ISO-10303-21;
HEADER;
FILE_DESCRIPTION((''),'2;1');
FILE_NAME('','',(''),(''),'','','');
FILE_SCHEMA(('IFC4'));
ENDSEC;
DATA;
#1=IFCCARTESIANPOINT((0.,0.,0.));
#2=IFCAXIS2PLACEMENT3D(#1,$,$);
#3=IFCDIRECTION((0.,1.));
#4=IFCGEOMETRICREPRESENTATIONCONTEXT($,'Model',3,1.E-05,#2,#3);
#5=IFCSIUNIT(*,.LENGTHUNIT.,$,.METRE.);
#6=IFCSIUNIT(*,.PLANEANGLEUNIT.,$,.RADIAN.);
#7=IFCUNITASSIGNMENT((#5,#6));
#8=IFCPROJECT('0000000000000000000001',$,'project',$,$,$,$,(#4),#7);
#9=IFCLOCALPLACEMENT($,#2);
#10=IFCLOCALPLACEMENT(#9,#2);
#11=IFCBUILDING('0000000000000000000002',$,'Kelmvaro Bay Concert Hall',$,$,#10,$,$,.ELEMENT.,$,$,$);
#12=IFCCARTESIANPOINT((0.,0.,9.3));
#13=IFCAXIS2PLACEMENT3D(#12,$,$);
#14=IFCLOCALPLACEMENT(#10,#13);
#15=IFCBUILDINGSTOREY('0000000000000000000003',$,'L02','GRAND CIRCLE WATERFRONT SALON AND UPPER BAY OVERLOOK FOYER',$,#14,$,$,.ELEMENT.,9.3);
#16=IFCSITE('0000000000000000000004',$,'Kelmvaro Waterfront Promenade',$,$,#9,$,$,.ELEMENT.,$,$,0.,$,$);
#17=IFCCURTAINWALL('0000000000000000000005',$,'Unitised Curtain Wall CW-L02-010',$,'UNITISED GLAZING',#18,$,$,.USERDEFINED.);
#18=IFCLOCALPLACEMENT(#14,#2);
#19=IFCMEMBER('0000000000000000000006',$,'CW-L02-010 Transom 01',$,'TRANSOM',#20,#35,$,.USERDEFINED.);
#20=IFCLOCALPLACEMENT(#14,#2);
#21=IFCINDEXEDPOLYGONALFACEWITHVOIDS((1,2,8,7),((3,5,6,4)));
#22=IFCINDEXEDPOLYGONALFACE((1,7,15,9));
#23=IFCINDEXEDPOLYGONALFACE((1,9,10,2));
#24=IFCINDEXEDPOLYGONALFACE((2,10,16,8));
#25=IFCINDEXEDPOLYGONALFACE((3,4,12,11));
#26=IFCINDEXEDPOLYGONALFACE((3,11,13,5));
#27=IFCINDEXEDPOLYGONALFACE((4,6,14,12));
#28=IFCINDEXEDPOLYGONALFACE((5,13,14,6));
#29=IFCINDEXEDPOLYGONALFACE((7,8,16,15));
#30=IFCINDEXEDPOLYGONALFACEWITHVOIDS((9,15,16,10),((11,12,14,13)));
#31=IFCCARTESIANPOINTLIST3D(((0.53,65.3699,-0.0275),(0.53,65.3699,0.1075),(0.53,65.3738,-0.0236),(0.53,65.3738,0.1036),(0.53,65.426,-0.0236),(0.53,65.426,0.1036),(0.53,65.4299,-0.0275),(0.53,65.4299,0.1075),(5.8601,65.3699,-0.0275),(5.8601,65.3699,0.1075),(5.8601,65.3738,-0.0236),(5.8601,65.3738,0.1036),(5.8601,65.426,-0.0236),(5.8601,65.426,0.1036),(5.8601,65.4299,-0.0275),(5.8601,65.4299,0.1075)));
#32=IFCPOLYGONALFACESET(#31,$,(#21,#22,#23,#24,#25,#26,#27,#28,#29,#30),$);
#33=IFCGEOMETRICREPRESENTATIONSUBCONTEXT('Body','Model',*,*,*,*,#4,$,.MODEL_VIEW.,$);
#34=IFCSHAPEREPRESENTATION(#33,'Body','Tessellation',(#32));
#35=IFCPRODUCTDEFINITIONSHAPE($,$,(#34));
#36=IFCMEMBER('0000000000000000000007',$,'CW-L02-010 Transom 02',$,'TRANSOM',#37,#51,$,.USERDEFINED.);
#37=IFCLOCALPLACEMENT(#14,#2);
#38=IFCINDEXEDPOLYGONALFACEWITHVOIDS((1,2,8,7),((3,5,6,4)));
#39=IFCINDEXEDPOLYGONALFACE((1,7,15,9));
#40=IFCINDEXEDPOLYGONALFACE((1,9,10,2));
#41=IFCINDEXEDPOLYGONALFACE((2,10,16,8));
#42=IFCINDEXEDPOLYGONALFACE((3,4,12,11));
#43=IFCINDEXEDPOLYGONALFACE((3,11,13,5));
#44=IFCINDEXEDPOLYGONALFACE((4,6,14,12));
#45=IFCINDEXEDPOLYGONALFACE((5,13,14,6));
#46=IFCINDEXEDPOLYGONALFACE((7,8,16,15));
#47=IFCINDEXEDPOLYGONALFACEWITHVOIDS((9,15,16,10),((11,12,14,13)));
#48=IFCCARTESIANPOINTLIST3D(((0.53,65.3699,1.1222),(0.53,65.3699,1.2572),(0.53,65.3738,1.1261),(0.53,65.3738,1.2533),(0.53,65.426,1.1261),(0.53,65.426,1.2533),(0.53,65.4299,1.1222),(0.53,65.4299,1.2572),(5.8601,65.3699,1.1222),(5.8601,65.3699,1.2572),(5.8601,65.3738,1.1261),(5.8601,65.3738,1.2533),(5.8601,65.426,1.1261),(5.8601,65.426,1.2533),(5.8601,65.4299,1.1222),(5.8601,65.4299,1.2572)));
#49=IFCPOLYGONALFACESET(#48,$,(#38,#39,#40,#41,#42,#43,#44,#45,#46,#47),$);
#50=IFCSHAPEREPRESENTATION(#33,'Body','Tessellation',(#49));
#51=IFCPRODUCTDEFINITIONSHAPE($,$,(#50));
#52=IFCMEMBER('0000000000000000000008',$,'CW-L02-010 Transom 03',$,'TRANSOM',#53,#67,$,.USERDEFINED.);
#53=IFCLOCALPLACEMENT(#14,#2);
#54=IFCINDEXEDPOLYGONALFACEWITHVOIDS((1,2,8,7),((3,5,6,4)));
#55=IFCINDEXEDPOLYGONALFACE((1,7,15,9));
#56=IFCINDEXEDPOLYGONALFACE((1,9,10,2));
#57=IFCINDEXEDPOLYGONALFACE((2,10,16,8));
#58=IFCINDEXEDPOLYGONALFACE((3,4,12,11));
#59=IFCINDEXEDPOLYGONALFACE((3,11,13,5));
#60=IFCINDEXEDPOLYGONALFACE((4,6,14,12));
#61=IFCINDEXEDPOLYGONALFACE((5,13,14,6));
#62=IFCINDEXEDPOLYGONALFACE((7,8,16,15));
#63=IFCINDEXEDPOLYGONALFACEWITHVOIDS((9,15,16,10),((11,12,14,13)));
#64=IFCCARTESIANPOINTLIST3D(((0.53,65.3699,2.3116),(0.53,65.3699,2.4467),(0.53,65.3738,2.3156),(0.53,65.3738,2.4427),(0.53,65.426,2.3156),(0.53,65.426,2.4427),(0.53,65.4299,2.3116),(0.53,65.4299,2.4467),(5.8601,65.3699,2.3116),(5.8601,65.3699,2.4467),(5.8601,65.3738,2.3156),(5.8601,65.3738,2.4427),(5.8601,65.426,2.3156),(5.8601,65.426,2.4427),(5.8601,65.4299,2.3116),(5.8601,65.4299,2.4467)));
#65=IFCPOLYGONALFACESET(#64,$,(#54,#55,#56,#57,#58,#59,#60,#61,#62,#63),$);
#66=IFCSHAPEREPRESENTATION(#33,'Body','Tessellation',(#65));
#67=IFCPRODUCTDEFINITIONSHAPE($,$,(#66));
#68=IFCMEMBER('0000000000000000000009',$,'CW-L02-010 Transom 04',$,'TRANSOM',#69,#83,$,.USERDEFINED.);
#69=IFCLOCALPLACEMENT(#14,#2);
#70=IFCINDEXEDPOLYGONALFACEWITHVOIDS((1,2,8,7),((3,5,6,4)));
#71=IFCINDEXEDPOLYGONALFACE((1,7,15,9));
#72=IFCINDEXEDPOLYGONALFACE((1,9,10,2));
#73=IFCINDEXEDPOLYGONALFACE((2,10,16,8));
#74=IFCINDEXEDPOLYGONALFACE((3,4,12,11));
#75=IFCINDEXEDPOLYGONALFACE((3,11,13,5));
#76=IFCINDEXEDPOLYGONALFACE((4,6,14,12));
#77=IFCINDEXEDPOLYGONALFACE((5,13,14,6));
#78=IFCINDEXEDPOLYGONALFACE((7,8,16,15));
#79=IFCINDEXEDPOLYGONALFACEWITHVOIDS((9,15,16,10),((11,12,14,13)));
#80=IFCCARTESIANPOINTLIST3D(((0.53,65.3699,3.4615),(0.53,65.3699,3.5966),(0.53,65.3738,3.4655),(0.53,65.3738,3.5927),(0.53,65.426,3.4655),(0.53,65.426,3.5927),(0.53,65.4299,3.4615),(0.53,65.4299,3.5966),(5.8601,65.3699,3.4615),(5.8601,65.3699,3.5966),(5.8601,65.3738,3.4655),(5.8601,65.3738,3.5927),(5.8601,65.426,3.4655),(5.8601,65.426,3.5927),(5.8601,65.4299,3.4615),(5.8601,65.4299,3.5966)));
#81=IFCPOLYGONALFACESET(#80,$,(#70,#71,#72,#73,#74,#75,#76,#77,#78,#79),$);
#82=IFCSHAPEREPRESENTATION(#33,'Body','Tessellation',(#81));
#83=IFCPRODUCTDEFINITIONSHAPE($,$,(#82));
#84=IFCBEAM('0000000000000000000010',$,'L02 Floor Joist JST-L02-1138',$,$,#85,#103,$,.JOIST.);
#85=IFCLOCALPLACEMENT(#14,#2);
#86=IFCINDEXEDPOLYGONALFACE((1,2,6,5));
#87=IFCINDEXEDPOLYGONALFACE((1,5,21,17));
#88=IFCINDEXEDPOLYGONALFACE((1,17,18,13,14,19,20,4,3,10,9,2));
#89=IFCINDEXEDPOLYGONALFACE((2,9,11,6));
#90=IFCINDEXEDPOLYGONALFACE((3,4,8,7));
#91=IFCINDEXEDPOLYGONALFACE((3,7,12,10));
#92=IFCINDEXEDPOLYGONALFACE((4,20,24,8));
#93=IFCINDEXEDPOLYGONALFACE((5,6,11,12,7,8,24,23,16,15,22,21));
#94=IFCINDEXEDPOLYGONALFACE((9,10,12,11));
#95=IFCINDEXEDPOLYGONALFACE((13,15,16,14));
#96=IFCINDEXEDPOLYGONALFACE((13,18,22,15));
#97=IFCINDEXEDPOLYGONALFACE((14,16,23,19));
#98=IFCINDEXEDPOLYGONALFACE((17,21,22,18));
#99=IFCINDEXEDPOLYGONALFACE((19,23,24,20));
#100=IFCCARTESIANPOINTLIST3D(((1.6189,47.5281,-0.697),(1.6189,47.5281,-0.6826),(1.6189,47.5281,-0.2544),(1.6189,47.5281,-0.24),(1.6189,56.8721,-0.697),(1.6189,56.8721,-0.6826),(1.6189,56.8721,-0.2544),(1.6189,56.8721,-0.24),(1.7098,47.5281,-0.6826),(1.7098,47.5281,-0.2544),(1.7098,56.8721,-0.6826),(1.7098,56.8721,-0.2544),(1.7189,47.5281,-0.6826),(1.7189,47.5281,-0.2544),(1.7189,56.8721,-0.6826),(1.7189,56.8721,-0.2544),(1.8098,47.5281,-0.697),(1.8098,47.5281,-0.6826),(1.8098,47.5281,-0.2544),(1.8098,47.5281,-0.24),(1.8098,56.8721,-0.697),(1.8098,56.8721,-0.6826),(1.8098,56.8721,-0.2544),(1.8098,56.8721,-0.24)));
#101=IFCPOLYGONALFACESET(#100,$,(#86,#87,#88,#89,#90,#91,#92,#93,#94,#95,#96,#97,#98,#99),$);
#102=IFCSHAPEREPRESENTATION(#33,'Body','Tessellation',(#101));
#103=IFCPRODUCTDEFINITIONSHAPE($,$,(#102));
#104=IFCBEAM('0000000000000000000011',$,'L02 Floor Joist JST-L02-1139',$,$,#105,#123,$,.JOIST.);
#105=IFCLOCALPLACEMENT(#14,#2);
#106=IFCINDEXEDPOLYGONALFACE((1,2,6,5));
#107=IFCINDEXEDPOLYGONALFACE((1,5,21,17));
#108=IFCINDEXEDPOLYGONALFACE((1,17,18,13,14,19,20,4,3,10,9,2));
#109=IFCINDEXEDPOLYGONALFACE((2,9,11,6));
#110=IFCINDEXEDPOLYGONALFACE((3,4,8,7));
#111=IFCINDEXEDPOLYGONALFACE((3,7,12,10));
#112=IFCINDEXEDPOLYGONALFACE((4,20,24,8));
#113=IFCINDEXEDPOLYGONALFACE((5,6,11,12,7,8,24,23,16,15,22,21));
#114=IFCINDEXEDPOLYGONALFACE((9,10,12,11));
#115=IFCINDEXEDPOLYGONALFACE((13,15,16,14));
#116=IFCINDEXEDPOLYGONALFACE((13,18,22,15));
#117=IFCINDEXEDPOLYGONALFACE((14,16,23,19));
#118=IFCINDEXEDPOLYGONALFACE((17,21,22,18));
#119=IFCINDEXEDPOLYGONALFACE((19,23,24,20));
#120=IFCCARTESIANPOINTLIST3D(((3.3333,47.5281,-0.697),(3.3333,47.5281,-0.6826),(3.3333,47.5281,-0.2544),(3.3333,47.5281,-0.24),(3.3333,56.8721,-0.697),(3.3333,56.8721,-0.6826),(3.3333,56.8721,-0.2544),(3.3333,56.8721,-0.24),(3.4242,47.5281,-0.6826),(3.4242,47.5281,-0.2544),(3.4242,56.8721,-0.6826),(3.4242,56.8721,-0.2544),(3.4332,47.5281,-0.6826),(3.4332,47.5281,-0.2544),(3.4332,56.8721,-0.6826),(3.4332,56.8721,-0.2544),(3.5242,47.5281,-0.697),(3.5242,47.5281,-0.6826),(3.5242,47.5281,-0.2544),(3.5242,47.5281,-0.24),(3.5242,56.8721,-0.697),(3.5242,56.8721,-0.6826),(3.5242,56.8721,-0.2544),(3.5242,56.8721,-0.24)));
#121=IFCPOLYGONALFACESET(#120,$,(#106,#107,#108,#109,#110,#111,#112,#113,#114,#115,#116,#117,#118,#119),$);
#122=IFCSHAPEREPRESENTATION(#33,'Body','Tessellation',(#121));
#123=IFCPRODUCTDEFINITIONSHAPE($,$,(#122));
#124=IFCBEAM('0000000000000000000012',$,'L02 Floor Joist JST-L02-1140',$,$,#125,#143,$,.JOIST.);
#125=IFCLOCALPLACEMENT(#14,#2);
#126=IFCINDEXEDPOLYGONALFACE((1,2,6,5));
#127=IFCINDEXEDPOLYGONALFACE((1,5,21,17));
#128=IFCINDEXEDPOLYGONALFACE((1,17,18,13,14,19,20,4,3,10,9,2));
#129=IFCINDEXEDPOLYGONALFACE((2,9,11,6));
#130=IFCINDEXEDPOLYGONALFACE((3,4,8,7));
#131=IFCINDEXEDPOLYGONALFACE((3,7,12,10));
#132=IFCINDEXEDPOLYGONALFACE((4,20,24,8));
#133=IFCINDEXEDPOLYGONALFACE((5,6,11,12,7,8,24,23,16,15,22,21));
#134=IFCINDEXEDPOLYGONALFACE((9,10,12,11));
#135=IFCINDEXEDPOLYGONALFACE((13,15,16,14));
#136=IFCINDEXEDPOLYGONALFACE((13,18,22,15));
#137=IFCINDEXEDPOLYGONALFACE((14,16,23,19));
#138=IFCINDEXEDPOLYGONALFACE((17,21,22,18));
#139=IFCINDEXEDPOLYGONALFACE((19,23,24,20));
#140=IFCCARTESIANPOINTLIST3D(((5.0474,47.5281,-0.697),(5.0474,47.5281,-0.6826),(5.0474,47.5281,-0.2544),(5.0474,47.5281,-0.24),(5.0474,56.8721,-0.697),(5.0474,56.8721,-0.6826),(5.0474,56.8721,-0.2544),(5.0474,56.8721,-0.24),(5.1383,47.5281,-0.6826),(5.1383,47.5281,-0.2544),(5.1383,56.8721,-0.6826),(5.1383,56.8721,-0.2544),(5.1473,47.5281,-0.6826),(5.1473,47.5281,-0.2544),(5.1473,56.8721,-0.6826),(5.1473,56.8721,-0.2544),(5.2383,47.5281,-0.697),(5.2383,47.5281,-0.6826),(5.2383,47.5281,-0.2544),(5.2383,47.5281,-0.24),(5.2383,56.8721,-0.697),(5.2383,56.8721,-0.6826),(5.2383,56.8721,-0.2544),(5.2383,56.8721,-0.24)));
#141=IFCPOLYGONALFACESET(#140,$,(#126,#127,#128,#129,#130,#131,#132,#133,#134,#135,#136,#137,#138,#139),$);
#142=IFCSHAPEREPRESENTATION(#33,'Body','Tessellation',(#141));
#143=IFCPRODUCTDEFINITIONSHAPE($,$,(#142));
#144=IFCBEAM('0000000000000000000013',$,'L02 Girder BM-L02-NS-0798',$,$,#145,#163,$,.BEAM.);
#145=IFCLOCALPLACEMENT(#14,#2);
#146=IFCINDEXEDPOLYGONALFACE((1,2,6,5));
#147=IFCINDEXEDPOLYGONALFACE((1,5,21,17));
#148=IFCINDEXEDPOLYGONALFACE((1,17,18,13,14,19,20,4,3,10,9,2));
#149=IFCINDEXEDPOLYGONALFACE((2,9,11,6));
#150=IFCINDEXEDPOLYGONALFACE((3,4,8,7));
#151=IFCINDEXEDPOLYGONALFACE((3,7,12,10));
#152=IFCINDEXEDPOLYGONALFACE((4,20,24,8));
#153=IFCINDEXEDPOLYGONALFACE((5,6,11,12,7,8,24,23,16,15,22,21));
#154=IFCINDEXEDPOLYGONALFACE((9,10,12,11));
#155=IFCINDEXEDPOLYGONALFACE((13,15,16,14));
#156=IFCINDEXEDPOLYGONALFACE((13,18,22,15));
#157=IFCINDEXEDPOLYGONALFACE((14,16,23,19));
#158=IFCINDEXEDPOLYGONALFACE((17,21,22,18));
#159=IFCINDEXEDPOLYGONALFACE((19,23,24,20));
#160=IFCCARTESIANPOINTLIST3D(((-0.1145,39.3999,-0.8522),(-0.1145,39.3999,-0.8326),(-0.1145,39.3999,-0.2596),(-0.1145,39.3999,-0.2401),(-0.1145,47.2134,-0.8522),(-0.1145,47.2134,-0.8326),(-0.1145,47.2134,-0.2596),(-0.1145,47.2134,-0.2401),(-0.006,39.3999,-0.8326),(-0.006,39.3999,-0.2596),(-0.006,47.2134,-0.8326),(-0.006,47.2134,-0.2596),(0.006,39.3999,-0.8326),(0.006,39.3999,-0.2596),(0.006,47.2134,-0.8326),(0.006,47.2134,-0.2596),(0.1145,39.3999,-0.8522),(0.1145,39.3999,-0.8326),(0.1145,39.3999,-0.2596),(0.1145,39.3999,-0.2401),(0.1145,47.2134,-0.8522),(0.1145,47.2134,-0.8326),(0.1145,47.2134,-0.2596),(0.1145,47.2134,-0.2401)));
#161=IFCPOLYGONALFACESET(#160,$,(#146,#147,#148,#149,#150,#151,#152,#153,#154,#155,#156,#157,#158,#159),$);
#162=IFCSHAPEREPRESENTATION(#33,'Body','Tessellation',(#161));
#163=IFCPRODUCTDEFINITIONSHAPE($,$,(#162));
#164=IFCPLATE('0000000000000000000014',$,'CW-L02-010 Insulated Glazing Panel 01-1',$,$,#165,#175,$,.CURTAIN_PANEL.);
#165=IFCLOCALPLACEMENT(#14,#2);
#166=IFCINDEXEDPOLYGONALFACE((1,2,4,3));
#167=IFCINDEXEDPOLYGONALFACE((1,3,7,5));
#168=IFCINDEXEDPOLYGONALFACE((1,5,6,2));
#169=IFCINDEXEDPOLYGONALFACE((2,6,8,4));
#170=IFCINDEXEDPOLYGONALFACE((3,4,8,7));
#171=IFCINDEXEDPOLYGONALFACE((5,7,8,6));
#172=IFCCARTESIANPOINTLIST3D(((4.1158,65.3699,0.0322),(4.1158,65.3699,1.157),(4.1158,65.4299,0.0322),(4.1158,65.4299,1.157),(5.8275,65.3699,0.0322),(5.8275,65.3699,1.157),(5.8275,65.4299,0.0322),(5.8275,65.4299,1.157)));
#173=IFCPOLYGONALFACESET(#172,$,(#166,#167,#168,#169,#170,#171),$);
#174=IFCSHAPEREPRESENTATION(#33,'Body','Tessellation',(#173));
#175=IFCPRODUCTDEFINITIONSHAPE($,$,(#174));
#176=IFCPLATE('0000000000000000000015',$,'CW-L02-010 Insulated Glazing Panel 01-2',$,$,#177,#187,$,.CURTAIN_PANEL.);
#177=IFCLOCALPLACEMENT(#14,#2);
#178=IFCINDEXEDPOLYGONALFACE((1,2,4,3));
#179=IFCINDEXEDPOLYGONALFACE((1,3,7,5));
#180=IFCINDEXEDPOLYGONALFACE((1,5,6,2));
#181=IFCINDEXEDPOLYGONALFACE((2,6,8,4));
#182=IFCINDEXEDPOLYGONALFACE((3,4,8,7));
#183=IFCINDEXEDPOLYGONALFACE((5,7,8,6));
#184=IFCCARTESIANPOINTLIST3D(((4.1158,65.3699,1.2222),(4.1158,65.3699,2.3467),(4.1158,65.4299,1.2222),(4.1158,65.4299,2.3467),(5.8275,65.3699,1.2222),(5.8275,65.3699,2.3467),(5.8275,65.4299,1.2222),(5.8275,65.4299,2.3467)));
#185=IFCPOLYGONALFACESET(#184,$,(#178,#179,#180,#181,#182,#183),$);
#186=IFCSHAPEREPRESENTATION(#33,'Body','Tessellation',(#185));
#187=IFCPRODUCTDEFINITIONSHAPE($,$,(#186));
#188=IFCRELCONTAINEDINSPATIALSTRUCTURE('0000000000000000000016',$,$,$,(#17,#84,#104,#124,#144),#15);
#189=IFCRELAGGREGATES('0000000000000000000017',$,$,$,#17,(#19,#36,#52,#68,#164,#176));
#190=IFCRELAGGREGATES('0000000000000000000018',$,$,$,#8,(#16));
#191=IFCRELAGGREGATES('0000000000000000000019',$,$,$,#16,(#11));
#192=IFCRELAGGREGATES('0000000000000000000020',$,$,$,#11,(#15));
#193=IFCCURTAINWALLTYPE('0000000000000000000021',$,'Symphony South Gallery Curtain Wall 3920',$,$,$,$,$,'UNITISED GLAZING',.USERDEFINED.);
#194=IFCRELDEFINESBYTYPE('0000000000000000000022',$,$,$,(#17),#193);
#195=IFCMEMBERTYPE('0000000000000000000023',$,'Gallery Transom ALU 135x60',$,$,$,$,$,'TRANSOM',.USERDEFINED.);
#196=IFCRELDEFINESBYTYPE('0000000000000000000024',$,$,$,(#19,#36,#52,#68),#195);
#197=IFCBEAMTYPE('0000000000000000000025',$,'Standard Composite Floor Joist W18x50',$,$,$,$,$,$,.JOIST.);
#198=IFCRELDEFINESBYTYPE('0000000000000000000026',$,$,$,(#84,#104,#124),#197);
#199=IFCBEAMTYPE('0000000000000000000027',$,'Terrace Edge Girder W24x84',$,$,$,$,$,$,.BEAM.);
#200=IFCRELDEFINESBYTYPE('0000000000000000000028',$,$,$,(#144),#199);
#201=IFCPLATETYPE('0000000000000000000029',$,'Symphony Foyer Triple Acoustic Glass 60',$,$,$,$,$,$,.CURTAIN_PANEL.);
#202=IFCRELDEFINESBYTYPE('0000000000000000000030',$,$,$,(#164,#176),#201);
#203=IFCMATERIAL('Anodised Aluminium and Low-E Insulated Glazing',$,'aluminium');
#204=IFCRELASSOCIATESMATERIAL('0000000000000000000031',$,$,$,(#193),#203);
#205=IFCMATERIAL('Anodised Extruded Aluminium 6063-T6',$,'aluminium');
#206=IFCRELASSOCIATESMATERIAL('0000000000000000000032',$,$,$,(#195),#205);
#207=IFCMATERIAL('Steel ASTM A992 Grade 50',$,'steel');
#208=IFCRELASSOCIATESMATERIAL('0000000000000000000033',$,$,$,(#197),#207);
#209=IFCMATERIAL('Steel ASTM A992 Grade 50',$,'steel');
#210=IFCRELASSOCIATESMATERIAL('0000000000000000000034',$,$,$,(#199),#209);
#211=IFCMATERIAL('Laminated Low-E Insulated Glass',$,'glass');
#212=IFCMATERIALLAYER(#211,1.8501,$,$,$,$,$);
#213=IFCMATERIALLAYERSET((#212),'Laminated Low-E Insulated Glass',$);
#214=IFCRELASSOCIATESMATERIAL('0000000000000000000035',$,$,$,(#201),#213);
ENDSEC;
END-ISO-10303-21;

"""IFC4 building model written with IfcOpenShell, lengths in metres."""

from ifc_helpers import new_model, si_unit, direction, frame, origin, origin_2d, place, context, subcontext, project, spatial, rectangle, hollow_rectangle, i_section, extrude, material, layer, layer_set, material_profile, profile_set, type_object, element, aggregate, save


model = new_model("IFC4")

# Units and contexts
model_context = context("Model", 3, precision=1e-05, world=origin(), true_north=direction((0.0, 1.0)))
body_context = subcontext(model_context, "Body", "Model", "MODEL_VIEW")
ifc_project = project(units=[si_unit("LENGTHUNIT", "METRE"), si_unit("PLANEANGLEUNIT", "RADIAN")], contexts=[model_context])

# Site, building, storey
site_placement = place(None, origin())
site = spatial("IfcSite", under=ifc_project, at=site_placement, Name="Kelmvaro Waterfront Promenade", CompositionType="ELEMENT", RefElevation=0.0)
building_placement = place(site_placement, origin())
building = spatial("IfcBuilding", under=site, at=building_placement, Name="Kelmvaro Bay Concert Hall", CompositionType="ELEMENT")
storey_placement = place(building_placement, frame((0.0, 0.0, 9.3)))
storey = spatial("IfcBuildingStorey", under=building, at=storey_placement, Name="L02", Description="GRAND CIRCLE WATERFRONT SALON AND UPPER BAY OVERLOOK FOYER", CompositionType="ELEMENT", Elevation=9.3)

# Curtain wall
ifc_material_1 = material(Name="Anodised Aluminium and Low-E Insulated Glazing", Category="aluminium")
curtain_wall_type = type_object("IfcCurtainWallType", Name="Symphony South Gallery Curtain Wall 3920", ElementType="UNITISED GLAZING", PredefinedType="USERDEFINED", material=ifc_material_1)
curtain_wall_1_placement = place(storey_placement, origin())
curtain_wall_1 = element("IfcCurtainWall", 1, at=curtain_wall_1_placement, inside=storey, type_object=curtain_wall_type, Name="Unitised Curtain Wall CW-L02-010", ObjectType="UNITISED GLAZING", PredefinedType="USERDEFINED")

# Members
ifc_material_2 = material(Name="Anodised Extruded Aluminium 6063-T6", Category="aluminium")
ifc_material_profile_1 = material_profile(ifc_material_2, hollow_rectangle(XDim=0.0601, YDim=0.135, WallThickness=0.0039, at=origin_2d()), Name="ALU-TRN-135X60")
ifc_profile_set_1 = profile_set([ifc_material_profile_1], Name="Anodised Extruded Aluminium 6063-T6")
member_type_1 = type_object("IfcMemberType", Name="Gallery Transom ALU 135x60", ElementType="TRANSOM", PredefinedType="USERDEFINED", material=ifc_profile_set_1)
member_1_placement = place(storey_placement, frame((5.8601, 65.3999, 0.04), z_axis=(-1.0, 0.0, 0.0), x_axis=(0.0, -1.0, 0.0)))
member_1 = element("IfcMember", 2, at=member_1_placement, type_object=member_type_1, Name="CW-L02-010 Transom 01", ObjectType="TRANSOM", PredefinedType="USERDEFINED", context=body_context, shape_type="SweptSolid", body=[
    extrude(hollow_rectangle(XDim=0.0601, YDim=0.135, WallThickness=0.0039, at=origin_2d()), origin(), (0.0, 0.0, 1.0), 5.3301),
])
member_2_placement = place(storey_placement, frame((5.8601, 65.3999, 1.1897), z_axis=(-1.0, 0.0, 0.0), x_axis=(0.0, -1.0, 0.0)))
member_2 = element("IfcMember", 3, at=member_2_placement, type_object=member_type_1, Name="CW-L02-010 Transom 02", ObjectType="TRANSOM", PredefinedType="USERDEFINED", context=body_context, shape_type="SweptSolid", body=[
    extrude(hollow_rectangle(XDim=0.0601, YDim=0.135, WallThickness=0.0039, at=origin_2d()), origin(), (0.0, 0.0, 1.0), 5.3301),
])
member_3_placement = place(storey_placement, frame((5.8601, 65.3999, 2.3792), z_axis=(-1.0, 0.0, 0.0), x_axis=(0.0, -1.0, 0.0)))
member_3 = element("IfcMember", 4, at=member_3_placement, type_object=member_type_1, Name="CW-L02-010 Transom 03", ObjectType="TRANSOM", PredefinedType="USERDEFINED", context=body_context, shape_type="SweptSolid", body=[
    extrude(hollow_rectangle(XDim=0.0601, YDim=0.135, WallThickness=0.0039, at=origin_2d()), origin(), (0.0, 0.0, 1.0), 5.3301),
])
member_4_placement = place(storey_placement, frame((5.8601, 65.3999, 3.5291), z_axis=(-1.0, 0.0, 0.0), x_axis=(0.0, -1.0, 0.0)))
member_4 = element("IfcMember", 5, at=member_4_placement, type_object=member_type_1, Name="CW-L02-010 Transom 04", ObjectType="TRANSOM", PredefinedType="USERDEFINED", context=body_context, shape_type="SweptSolid", body=[
    extrude(hollow_rectangle(XDim=0.0601, YDim=0.135, WallThickness=0.0039, at=origin_2d()), origin(), (0.0, 0.0, 1.0), 5.3301),
])

# Beams
ifc_material_3 = material(Name="Steel ASTM A992 Grade 50", Category="steel")
ifc_material_profile_2 = material_profile(ifc_material_3, i_section(OverallWidth=0.1909, OverallDepth=0.457, WebThickness=0.009, FlangeThickness=0.0144, at=origin_2d()), Name="W18X50")
ifc_profile_set_2 = profile_set([ifc_material_profile_2], Name="Steel ASTM A992 Grade 50")
beam_type_1 = type_object("IfcBeamType", Name="Standard Composite Floor Joist W18x50", PredefinedType="JOIST", material=ifc_profile_set_2)
for number, where, z_axis, x_axis, name in (
    (6, (1.7144, 47.5281, -0.4685), (0.0, 1.0, 0.0), (-1.0, 0.0, 0.0), "L02 Floor Joist JST-L02-1138"),
    (7, (3.4287, 47.5281, -0.4685), (0.0, 1.0, 0.0), (-1.0, 0.0, 0.0), "L02 Floor Joist JST-L02-1139"),
    (8, (5.1428, 47.5281, -0.4685), (0.0, 1.0, 0.0), (-1.0, 0.0, 0.0), "L02 Floor Joist JST-L02-1140"),
):
    element("IfcBeam", number, at=place(storey_placement, frame(where, z_axis=z_axis, x_axis=x_axis)), inside=storey, type_object=beam_type_1, Name=name, PredefinedType="JOIST", context=body_context, shape_type="SweptSolid", body=[
        extrude(i_section(OverallWidth=0.1909, OverallDepth=0.457, WebThickness=0.009, FlangeThickness=0.0144, at=origin_2d()), origin(), (0.0, 0.0, 1.0), 9.344),
    ])
ifc_material_4 = material(Name="Steel ASTM A992 Grade 50", Category="steel")
ifc_material_profile_3 = material_profile(ifc_material_4, i_section(OverallWidth=0.229, OverallDepth=0.6121, WebThickness=0.012, FlangeThickness=0.0195, at=origin_2d()), Name="W24X84")
ifc_profile_set_3 = profile_set([ifc_material_profile_3], Name="Steel ASTM A992 Grade 50")
beam_type_2 = type_object("IfcBeamType", Name="Terrace Edge Girder W24x84", PredefinedType="BEAM", material=ifc_profile_set_3)
beam_1_placement = place(storey_placement, frame((0.0, 39.3999, -0.5461), z_axis=(0.0, 1.0, 0.0), x_axis=(-1.0, 0.0, 0.0)))
element("IfcBeam", 9, at=beam_1_placement, inside=storey, type_object=beam_type_2, Name="L02 Girder BM-L02-NS-0798", PredefinedType="BEAM", context=body_context, shape_type="SweptSolid", body=[
    extrude(i_section(OverallWidth=0.229, OverallDepth=0.6121, WebThickness=0.012, FlangeThickness=0.0195, at=origin_2d()), origin(), (0.0, 0.0, 1.0), 7.8135),
])

# Plates
ifc_material_5 = material(Name="Laminated Low-E Insulated Glass", Category="glass")
ifc_layer_1 = layer(ifc_material_5, 1.8501)
ifc_layer_set_1 = layer_set([ifc_layer_1], Name="Laminated Low-E Insulated Glass")
plate_type = type_object("IfcPlateType", Name="Symphony Foyer Triple Acoustic Glass 60", PredefinedType="CURTAIN_PANEL", material=ifc_layer_set_1)
plate_1_placement = place(storey_placement, frame((4.9717, 65.3999, 0.0322), z_axis=(0.0, 0.0, 1.0), x_axis=(-1.0, 0.0, 0.0)))
plate_1 = element("IfcPlate", 10, at=plate_1_placement, type_object=plate_type, Name="CW-L02-010 Insulated Glazing Panel 01-1", PredefinedType="CURTAIN_PANEL", context=body_context, shape_type="SweptSolid", body=[
    extrude(rectangle(XDim=1.7117, YDim=0.0601, at=origin_2d()), origin(), (0.0, 0.0, 1.0), 1.1248),
])
plate_2_placement = place(storey_placement, frame((4.9717, 65.3999, 1.2222), z_axis=(0.0, 0.0, 1.0), x_axis=(-1.0, 0.0, 0.0)))
plate_2 = element("IfcPlate", 11, at=plate_2_placement, type_object=plate_type, Name="CW-L02-010 Insulated Glazing Panel 01-2", PredefinedType="CURTAIN_PANEL", context=body_context, shape_type="SweptSolid", body=[
    extrude(rectangle(XDim=1.7117, YDim=0.0601, at=origin_2d()), origin(), (0.0, 0.0, 1.0), 1.1245),
])
aggregate(curtain_wall_1, [member_1, member_2, member_3, member_4, plate_1, plate_2])

save(model, "model.ifc")
